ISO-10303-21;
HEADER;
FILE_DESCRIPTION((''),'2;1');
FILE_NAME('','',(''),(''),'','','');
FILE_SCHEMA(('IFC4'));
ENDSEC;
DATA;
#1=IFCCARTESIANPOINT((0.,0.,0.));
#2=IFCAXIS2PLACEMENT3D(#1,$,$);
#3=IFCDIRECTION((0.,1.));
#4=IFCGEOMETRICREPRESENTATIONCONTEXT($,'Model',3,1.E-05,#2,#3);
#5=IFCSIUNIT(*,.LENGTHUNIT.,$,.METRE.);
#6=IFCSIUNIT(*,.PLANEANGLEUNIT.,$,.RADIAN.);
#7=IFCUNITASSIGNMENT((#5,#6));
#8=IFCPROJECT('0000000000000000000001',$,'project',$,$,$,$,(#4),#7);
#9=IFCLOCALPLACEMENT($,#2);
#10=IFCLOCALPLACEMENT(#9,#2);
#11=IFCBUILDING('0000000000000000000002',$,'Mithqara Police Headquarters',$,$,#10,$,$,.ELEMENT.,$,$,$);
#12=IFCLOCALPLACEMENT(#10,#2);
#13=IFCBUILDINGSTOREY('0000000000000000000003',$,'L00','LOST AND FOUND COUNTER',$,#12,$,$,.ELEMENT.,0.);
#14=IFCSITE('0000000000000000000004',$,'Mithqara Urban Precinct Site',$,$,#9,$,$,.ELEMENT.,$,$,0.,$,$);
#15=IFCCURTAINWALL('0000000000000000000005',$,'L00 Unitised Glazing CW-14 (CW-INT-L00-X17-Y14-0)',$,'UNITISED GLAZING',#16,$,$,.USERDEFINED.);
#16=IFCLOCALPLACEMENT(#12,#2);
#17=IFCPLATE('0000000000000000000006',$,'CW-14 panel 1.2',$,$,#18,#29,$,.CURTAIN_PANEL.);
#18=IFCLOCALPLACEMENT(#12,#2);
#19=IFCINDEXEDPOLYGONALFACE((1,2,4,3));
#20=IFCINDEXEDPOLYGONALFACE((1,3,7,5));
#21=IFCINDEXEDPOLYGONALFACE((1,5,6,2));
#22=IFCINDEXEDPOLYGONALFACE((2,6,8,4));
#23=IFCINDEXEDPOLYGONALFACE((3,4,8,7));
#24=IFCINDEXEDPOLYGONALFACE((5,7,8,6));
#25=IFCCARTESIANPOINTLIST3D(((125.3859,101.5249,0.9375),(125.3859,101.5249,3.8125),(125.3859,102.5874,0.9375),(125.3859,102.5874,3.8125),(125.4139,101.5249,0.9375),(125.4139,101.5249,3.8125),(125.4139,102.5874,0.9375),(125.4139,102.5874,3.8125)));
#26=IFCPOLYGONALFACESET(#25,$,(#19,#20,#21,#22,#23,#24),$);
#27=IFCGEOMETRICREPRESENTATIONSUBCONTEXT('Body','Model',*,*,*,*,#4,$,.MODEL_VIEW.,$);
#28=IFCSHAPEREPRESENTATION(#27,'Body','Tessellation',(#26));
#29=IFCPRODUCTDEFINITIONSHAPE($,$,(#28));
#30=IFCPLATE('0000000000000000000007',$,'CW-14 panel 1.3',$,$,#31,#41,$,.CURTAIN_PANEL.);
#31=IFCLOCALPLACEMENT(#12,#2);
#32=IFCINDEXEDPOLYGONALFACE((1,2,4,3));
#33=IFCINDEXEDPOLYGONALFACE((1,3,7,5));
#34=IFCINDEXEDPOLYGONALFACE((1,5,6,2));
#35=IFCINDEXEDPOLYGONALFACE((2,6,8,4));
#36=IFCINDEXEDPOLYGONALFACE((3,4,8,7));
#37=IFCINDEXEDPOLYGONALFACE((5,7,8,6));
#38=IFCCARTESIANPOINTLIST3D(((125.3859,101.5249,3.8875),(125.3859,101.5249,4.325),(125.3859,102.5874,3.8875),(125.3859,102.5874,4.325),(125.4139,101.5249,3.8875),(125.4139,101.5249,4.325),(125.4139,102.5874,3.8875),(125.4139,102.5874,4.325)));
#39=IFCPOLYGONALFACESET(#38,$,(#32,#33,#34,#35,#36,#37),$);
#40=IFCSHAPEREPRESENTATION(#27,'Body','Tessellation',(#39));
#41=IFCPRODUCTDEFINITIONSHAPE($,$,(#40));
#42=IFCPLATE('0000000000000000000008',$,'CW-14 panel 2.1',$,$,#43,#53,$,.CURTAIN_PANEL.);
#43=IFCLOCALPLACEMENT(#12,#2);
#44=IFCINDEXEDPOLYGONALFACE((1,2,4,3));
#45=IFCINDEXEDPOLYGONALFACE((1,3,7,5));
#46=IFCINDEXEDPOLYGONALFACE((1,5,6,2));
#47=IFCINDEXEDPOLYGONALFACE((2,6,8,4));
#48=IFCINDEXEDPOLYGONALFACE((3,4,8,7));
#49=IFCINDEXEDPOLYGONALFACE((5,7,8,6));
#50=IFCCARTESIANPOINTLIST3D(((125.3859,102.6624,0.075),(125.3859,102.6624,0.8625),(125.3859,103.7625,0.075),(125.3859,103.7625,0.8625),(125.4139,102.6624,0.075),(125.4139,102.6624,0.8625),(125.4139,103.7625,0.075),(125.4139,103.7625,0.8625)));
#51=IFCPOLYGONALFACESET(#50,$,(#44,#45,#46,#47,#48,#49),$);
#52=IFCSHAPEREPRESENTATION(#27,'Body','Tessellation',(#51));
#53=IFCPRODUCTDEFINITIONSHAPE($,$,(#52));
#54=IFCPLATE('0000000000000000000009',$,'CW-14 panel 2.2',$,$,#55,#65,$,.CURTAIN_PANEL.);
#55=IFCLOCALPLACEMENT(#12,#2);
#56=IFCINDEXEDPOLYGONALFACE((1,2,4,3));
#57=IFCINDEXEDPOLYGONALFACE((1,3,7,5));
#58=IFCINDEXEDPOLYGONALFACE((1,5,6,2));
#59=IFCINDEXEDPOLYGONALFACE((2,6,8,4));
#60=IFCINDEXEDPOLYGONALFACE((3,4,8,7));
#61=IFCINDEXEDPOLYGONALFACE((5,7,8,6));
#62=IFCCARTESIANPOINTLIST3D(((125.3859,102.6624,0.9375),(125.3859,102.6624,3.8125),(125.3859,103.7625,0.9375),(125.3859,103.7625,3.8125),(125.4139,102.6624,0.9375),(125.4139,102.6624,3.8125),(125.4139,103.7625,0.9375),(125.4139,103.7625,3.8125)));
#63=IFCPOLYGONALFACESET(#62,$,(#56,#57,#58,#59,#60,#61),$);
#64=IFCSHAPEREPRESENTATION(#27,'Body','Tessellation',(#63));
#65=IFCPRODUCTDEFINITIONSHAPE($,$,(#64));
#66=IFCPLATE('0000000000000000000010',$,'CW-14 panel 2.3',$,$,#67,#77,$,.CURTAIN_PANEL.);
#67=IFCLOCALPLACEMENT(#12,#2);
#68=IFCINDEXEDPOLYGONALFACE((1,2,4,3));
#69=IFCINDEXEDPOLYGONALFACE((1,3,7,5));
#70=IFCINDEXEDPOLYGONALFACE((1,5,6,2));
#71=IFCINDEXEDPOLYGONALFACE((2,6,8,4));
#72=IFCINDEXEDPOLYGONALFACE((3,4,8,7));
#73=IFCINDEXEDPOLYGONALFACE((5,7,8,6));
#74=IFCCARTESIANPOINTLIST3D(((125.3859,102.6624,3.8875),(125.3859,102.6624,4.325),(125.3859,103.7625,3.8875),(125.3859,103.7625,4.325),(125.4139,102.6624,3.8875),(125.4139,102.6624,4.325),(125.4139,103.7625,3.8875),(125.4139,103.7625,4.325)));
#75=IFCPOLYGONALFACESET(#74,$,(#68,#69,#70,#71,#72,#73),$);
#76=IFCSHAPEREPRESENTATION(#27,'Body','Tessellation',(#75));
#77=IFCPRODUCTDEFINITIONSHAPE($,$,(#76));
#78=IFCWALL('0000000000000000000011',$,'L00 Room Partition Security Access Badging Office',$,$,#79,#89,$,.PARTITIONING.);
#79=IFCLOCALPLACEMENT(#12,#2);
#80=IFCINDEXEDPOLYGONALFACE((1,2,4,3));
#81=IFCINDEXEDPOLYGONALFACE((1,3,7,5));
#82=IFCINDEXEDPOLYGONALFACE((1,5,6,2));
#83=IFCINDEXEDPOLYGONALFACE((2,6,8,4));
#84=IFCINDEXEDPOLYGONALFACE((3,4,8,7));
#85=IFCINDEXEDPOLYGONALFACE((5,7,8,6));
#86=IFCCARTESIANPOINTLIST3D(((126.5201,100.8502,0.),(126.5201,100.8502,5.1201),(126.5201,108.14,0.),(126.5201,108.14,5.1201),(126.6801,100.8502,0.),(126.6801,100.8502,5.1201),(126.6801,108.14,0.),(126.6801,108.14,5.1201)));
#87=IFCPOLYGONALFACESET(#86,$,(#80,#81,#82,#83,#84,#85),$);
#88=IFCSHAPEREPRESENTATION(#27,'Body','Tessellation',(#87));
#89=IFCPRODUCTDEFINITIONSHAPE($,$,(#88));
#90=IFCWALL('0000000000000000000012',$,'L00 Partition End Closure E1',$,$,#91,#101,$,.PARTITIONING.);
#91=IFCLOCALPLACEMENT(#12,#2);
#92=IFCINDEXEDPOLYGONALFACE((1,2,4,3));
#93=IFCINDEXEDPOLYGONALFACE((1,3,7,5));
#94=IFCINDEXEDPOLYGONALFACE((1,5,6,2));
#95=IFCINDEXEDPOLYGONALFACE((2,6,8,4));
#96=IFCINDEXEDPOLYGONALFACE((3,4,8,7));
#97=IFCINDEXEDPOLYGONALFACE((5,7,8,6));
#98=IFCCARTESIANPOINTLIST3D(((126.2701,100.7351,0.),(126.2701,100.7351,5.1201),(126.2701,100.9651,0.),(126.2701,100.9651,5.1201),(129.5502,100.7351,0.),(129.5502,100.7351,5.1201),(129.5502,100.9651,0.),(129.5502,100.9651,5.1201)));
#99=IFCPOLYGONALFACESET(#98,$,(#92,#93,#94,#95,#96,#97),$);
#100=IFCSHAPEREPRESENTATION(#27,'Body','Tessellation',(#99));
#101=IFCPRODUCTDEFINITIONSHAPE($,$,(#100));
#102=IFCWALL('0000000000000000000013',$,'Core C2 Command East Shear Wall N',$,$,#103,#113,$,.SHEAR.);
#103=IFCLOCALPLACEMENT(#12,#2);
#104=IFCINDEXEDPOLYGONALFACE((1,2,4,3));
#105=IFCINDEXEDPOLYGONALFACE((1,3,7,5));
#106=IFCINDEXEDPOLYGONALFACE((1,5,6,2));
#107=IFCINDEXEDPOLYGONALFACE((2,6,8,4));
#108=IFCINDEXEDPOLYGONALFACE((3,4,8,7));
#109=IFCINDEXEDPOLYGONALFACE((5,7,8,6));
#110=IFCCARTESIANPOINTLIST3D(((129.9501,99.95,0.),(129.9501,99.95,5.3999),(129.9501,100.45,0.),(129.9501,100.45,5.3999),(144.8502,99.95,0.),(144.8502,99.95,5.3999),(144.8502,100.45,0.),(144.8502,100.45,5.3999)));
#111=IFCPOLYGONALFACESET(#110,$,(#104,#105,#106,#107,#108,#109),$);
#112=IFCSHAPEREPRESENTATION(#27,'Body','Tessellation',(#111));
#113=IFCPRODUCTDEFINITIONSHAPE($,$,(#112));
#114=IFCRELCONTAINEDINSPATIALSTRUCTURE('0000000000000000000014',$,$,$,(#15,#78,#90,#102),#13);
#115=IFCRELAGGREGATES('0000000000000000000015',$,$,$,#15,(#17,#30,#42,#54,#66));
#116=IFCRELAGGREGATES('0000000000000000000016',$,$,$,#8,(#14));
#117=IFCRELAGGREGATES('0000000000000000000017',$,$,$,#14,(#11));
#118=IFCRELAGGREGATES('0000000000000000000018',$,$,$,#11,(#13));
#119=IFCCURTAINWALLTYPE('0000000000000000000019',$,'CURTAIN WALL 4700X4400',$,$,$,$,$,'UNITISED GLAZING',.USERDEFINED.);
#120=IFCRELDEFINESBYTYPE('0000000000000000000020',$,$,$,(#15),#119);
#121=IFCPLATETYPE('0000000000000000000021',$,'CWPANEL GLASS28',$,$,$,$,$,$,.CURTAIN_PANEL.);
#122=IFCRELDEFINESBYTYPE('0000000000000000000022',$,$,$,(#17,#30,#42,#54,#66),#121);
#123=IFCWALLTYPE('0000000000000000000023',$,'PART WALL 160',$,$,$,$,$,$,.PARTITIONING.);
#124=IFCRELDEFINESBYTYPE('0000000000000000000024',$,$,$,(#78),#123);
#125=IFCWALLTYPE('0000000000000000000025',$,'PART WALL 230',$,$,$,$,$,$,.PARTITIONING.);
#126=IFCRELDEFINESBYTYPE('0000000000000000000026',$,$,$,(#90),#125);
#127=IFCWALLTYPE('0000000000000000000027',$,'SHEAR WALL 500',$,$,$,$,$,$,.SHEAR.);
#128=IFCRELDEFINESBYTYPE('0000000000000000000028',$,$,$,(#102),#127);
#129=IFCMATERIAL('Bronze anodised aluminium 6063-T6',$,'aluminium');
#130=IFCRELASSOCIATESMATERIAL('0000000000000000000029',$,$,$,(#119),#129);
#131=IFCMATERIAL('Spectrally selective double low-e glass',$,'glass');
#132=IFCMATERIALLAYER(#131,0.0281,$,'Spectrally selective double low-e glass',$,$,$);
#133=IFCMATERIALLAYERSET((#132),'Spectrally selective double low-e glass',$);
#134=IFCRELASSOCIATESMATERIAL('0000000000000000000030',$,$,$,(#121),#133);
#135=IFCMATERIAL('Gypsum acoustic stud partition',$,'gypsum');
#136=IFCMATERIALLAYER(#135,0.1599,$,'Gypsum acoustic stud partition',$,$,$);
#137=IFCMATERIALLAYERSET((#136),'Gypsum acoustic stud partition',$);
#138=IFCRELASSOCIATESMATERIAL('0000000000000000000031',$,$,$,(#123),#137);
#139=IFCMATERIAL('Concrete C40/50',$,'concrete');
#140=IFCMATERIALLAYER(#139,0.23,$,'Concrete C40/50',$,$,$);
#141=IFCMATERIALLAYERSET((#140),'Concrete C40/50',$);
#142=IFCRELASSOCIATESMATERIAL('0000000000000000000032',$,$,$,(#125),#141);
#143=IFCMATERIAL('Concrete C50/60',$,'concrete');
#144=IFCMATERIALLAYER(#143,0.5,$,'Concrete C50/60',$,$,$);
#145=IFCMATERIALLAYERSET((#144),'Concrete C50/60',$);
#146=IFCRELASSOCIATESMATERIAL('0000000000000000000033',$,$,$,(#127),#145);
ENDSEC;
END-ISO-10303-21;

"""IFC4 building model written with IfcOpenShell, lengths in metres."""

from ifc_helpers import new_model, si_unit, direction, frame, frame_2d, origin, origin_2d, place, context, subcontext, project, spatial, rectangle, extrude, material, layer, layer_set, type_object, element, aggregate, save


model = new_model("IFC4")

# Units and contexts
model_context = context("Model", 3, precision=1e-05, world=origin(), true_north=direction((0.0, 1.0)))
body_context = subcontext(model_context, "Body", "Model", "MODEL_VIEW")
ifc_project = project(units=[si_unit("LENGTHUNIT", "METRE"), si_unit("PLANEANGLEUNIT", "RADIAN")], contexts=[model_context])

# Site, building, storey
site_placement = place(None, origin())
site = spatial("IfcSite", under=ifc_project, at=site_placement, Name="Mithqara Urban Precinct Site", CompositionType="ELEMENT", RefElevation=0.0)
building_placement = place(site_placement, origin())
building = spatial("IfcBuilding", under=site, at=building_placement, Name="Mithqara Police Headquarters", CompositionType="ELEMENT")
storey_placement = place(building_placement, origin())
storey = spatial("IfcBuildingStorey", under=building, at=storey_placement, Name="L00", Description="LOST AND FOUND COUNTER", CompositionType="ELEMENT", Elevation=0.0)

# Shared definitions
ifc_material_1 = material(Name="Concrete C40/50", Category="concrete")

# Curtain wall
ifc_material_2 = material(Name="Bronze anodised aluminium 6063-T6", Category="aluminium")
curtain_wall_type = type_object("IfcCurtainWallType", Name="CURTAIN WALL 4700X4400", ElementType="UNITISED GLAZING", PredefinedType="USERDEFINED", material=ifc_material_2)
curtain_wall_1_placement = place(storey_placement, origin())
curtain_wall_1 = element("IfcCurtainWall", 1, at=curtain_wall_1_placement, inside=storey, type_object=curtain_wall_type, Name="L00 Unitised Glazing CW-14 (CW-INT-L00-X17-Y14-0)", ObjectType="UNITISED GLAZING", PredefinedType="USERDEFINED")

# Plates
ifc_material_3 = material(Name="Spectrally selective double low-e glass", Category="glass")
ifc_layer_1 = layer(ifc_material_3, 0.0281, Name="Spectrally selective double low-e glass")
ifc_layer_set_1 = layer_set([ifc_layer_1], Name="Spectrally selective double low-e glass")
plate_type = type_object("IfcPlateType", Name="CWPANEL GLASS28", PredefinedType="CURTAIN_PANEL", material=ifc_layer_set_1)
plate_1_placement = place(storey_placement, frame((125.3999, 102.0562, 0.9375), z_axis=(0.0, 0.0, 1.0), x_axis=(0.0, 1.0, 0.0)))
plate_1 = element("IfcPlate", 2, at=plate_1_placement, type_object=plate_type, Name="CW-14 panel 1.2", PredefinedType="CURTAIN_PANEL", context=body_context, shape_type="SweptSolid", body=[
    extrude(rectangle(XDim=1.0625, YDim=0.0281, at=origin_2d()), origin(), (0.0, 0.0, 1.0), 2.875),
])
plate_2_placement = place(storey_placement, frame((125.3999, 102.0562, 3.8875), z_axis=(0.0, 0.0, 1.0), x_axis=(0.0, 1.0, 0.0)))
plate_2 = element("IfcPlate", 3, at=plate_2_placement, type_object=plate_type, Name="CW-14 panel 1.3", PredefinedType="CURTAIN_PANEL", context=body_context, shape_type="SweptSolid", body=[
    extrude(rectangle(XDim=1.0625, YDim=0.0281, at=origin_2d()), origin(), (0.0, 0.0, 1.0), 0.4375),
])
plate_3_placement = place(storey_placement, frame((125.3999, 103.2124, 0.075), z_axis=(0.0, 0.0, 1.0), x_axis=(0.0, 1.0, 0.0)))
plate_3 = element("IfcPlate", 4, at=plate_3_placement, type_object=plate_type, Name="CW-14 panel 2.1", PredefinedType="CURTAIN_PANEL", context=body_context, shape_type="SweptSolid", body=[
    extrude(rectangle(XDim=1.1001, YDim=0.0281, at=origin_2d()), origin(), (0.0, 0.0, 1.0), 0.7876),
])
plate_4_placement = place(storey_placement, frame((125.3999, 103.2124, 0.9375), z_axis=(0.0, 0.0, 1.0), x_axis=(0.0, 1.0, 0.0)))
plate_4 = element("IfcPlate", 5, at=plate_4_placement, type_object=plate_type, Name="CW-14 panel 2.2", PredefinedType="CURTAIN_PANEL", context=body_context, shape_type="SweptSolid", body=[
    extrude(rectangle(XDim=1.1001, YDim=0.0281, at=origin_2d()), origin(), (0.0, 0.0, 1.0), 2.875),
])
plate_5_placement = place(storey_placement, frame((125.3999, 103.2124, 3.8875), z_axis=(0.0, 0.0, 1.0), x_axis=(0.0, 1.0, 0.0)))
plate_5 = element("IfcPlate", 6, at=plate_5_placement, type_object=plate_type, Name="CW-14 panel 2.3", PredefinedType="CURTAIN_PANEL", context=body_context, shape_type="SweptSolid", body=[
    extrude(rectangle(XDim=1.1001, YDim=0.0281, at=origin_2d()), origin(), (0.0, 0.0, 1.0), 0.4375),
])
aggregate(curtain_wall_1, [plate_1, plate_2, plate_3, plate_4, plate_5])

# Walls
ifc_material_4 = material(Name="Gypsum acoustic stud partition", Category="gypsum")
ifc_layer_2 = layer(ifc_material_4, 0.1599, Name="Gypsum acoustic stud partition")
ifc_layer_set_2 = layer_set([ifc_layer_2], Name="Gypsum acoustic stud partition")
wall_type_1 = type_object("IfcWallType", Name="PART WALL 160", PredefinedType="PARTITIONING", material=ifc_layer_set_2)
wall_1_placement = place(storey_placement, frame((126.6001, 100.8501, 0.0), z_axis=(0.0, 0.0, 1.0), x_axis=(0.0, 1.0, 0.0)))
element("IfcWall", 7, at=wall_1_placement, inside=storey, type_object=wall_type_1, Name="L00 Room Partition Security Access Badging Office", PredefinedType="PARTITIONING", context=body_context, shape_type="SweptSolid", body=[
    extrude(rectangle(XDim=7.2898, YDim=0.1599, at=frame_2d((3.645, 0.0))), origin(), (0.0, 0.0, 1.0), 5.1201),
])
ifc_layer_3 = layer(ifc_material_1, 0.23, Name="Concrete C40/50")
ifc_layer_set_3 = layer_set([ifc_layer_3], Name="Concrete C40/50")
wall_type_2 = type_object("IfcWallType", Name="PART WALL 230", PredefinedType="PARTITIONING", material=ifc_layer_set_3)
wall_2_placement = place(storey_placement, frame((126.27, 100.8501, 0.0), z_axis=(0.0, 0.0, 1.0), x_axis=(1.0, 0.0, 0.0)))
element("IfcWall", 8, at=wall_2_placement, inside=storey, type_object=wall_type_2, Name="L00 Partition End Closure E1", PredefinedType="PARTITIONING", context=body_context, shape_type="SweptSolid", body=[
    extrude(rectangle(XDim=3.28, YDim=0.23, at=frame_2d((1.6401, 0.0))), origin(), (0.0, 0.0, 1.0), 5.1201),
])
ifc_material_5 = material(Name="Concrete C50/60", Category="concrete")
ifc_layer_4 = layer(ifc_material_5, 0.5, Name="Concrete C50/60")
ifc_layer_set_4 = layer_set([ifc_layer_4], Name="Concrete C50/60")
wall_type_3 = type_object("IfcWallType", Name="SHEAR WALL 500", PredefinedType="SHEAR", material=ifc_layer_set_4)
wall_3_placement = place(storey_placement, frame((129.95, 100.2, 0.0), z_axis=(0.0, 0.0, 1.0), x_axis=(1.0, 0.0, 0.0)))
element("IfcWall", 9, at=wall_3_placement, inside=storey, type_object=wall_type_3, Name="Core C2 Command East Shear Wall N", PredefinedType="SHEAR", context=body_context, shape_type="SweptSolid", body=[
    extrude(rectangle(XDim=14.9001, YDim=0.5, at=frame_2d((7.4502, 0.0))), origin(), (0.0, 0.0, 1.0), 5.3999),
])

save(model, "model.ifc")
